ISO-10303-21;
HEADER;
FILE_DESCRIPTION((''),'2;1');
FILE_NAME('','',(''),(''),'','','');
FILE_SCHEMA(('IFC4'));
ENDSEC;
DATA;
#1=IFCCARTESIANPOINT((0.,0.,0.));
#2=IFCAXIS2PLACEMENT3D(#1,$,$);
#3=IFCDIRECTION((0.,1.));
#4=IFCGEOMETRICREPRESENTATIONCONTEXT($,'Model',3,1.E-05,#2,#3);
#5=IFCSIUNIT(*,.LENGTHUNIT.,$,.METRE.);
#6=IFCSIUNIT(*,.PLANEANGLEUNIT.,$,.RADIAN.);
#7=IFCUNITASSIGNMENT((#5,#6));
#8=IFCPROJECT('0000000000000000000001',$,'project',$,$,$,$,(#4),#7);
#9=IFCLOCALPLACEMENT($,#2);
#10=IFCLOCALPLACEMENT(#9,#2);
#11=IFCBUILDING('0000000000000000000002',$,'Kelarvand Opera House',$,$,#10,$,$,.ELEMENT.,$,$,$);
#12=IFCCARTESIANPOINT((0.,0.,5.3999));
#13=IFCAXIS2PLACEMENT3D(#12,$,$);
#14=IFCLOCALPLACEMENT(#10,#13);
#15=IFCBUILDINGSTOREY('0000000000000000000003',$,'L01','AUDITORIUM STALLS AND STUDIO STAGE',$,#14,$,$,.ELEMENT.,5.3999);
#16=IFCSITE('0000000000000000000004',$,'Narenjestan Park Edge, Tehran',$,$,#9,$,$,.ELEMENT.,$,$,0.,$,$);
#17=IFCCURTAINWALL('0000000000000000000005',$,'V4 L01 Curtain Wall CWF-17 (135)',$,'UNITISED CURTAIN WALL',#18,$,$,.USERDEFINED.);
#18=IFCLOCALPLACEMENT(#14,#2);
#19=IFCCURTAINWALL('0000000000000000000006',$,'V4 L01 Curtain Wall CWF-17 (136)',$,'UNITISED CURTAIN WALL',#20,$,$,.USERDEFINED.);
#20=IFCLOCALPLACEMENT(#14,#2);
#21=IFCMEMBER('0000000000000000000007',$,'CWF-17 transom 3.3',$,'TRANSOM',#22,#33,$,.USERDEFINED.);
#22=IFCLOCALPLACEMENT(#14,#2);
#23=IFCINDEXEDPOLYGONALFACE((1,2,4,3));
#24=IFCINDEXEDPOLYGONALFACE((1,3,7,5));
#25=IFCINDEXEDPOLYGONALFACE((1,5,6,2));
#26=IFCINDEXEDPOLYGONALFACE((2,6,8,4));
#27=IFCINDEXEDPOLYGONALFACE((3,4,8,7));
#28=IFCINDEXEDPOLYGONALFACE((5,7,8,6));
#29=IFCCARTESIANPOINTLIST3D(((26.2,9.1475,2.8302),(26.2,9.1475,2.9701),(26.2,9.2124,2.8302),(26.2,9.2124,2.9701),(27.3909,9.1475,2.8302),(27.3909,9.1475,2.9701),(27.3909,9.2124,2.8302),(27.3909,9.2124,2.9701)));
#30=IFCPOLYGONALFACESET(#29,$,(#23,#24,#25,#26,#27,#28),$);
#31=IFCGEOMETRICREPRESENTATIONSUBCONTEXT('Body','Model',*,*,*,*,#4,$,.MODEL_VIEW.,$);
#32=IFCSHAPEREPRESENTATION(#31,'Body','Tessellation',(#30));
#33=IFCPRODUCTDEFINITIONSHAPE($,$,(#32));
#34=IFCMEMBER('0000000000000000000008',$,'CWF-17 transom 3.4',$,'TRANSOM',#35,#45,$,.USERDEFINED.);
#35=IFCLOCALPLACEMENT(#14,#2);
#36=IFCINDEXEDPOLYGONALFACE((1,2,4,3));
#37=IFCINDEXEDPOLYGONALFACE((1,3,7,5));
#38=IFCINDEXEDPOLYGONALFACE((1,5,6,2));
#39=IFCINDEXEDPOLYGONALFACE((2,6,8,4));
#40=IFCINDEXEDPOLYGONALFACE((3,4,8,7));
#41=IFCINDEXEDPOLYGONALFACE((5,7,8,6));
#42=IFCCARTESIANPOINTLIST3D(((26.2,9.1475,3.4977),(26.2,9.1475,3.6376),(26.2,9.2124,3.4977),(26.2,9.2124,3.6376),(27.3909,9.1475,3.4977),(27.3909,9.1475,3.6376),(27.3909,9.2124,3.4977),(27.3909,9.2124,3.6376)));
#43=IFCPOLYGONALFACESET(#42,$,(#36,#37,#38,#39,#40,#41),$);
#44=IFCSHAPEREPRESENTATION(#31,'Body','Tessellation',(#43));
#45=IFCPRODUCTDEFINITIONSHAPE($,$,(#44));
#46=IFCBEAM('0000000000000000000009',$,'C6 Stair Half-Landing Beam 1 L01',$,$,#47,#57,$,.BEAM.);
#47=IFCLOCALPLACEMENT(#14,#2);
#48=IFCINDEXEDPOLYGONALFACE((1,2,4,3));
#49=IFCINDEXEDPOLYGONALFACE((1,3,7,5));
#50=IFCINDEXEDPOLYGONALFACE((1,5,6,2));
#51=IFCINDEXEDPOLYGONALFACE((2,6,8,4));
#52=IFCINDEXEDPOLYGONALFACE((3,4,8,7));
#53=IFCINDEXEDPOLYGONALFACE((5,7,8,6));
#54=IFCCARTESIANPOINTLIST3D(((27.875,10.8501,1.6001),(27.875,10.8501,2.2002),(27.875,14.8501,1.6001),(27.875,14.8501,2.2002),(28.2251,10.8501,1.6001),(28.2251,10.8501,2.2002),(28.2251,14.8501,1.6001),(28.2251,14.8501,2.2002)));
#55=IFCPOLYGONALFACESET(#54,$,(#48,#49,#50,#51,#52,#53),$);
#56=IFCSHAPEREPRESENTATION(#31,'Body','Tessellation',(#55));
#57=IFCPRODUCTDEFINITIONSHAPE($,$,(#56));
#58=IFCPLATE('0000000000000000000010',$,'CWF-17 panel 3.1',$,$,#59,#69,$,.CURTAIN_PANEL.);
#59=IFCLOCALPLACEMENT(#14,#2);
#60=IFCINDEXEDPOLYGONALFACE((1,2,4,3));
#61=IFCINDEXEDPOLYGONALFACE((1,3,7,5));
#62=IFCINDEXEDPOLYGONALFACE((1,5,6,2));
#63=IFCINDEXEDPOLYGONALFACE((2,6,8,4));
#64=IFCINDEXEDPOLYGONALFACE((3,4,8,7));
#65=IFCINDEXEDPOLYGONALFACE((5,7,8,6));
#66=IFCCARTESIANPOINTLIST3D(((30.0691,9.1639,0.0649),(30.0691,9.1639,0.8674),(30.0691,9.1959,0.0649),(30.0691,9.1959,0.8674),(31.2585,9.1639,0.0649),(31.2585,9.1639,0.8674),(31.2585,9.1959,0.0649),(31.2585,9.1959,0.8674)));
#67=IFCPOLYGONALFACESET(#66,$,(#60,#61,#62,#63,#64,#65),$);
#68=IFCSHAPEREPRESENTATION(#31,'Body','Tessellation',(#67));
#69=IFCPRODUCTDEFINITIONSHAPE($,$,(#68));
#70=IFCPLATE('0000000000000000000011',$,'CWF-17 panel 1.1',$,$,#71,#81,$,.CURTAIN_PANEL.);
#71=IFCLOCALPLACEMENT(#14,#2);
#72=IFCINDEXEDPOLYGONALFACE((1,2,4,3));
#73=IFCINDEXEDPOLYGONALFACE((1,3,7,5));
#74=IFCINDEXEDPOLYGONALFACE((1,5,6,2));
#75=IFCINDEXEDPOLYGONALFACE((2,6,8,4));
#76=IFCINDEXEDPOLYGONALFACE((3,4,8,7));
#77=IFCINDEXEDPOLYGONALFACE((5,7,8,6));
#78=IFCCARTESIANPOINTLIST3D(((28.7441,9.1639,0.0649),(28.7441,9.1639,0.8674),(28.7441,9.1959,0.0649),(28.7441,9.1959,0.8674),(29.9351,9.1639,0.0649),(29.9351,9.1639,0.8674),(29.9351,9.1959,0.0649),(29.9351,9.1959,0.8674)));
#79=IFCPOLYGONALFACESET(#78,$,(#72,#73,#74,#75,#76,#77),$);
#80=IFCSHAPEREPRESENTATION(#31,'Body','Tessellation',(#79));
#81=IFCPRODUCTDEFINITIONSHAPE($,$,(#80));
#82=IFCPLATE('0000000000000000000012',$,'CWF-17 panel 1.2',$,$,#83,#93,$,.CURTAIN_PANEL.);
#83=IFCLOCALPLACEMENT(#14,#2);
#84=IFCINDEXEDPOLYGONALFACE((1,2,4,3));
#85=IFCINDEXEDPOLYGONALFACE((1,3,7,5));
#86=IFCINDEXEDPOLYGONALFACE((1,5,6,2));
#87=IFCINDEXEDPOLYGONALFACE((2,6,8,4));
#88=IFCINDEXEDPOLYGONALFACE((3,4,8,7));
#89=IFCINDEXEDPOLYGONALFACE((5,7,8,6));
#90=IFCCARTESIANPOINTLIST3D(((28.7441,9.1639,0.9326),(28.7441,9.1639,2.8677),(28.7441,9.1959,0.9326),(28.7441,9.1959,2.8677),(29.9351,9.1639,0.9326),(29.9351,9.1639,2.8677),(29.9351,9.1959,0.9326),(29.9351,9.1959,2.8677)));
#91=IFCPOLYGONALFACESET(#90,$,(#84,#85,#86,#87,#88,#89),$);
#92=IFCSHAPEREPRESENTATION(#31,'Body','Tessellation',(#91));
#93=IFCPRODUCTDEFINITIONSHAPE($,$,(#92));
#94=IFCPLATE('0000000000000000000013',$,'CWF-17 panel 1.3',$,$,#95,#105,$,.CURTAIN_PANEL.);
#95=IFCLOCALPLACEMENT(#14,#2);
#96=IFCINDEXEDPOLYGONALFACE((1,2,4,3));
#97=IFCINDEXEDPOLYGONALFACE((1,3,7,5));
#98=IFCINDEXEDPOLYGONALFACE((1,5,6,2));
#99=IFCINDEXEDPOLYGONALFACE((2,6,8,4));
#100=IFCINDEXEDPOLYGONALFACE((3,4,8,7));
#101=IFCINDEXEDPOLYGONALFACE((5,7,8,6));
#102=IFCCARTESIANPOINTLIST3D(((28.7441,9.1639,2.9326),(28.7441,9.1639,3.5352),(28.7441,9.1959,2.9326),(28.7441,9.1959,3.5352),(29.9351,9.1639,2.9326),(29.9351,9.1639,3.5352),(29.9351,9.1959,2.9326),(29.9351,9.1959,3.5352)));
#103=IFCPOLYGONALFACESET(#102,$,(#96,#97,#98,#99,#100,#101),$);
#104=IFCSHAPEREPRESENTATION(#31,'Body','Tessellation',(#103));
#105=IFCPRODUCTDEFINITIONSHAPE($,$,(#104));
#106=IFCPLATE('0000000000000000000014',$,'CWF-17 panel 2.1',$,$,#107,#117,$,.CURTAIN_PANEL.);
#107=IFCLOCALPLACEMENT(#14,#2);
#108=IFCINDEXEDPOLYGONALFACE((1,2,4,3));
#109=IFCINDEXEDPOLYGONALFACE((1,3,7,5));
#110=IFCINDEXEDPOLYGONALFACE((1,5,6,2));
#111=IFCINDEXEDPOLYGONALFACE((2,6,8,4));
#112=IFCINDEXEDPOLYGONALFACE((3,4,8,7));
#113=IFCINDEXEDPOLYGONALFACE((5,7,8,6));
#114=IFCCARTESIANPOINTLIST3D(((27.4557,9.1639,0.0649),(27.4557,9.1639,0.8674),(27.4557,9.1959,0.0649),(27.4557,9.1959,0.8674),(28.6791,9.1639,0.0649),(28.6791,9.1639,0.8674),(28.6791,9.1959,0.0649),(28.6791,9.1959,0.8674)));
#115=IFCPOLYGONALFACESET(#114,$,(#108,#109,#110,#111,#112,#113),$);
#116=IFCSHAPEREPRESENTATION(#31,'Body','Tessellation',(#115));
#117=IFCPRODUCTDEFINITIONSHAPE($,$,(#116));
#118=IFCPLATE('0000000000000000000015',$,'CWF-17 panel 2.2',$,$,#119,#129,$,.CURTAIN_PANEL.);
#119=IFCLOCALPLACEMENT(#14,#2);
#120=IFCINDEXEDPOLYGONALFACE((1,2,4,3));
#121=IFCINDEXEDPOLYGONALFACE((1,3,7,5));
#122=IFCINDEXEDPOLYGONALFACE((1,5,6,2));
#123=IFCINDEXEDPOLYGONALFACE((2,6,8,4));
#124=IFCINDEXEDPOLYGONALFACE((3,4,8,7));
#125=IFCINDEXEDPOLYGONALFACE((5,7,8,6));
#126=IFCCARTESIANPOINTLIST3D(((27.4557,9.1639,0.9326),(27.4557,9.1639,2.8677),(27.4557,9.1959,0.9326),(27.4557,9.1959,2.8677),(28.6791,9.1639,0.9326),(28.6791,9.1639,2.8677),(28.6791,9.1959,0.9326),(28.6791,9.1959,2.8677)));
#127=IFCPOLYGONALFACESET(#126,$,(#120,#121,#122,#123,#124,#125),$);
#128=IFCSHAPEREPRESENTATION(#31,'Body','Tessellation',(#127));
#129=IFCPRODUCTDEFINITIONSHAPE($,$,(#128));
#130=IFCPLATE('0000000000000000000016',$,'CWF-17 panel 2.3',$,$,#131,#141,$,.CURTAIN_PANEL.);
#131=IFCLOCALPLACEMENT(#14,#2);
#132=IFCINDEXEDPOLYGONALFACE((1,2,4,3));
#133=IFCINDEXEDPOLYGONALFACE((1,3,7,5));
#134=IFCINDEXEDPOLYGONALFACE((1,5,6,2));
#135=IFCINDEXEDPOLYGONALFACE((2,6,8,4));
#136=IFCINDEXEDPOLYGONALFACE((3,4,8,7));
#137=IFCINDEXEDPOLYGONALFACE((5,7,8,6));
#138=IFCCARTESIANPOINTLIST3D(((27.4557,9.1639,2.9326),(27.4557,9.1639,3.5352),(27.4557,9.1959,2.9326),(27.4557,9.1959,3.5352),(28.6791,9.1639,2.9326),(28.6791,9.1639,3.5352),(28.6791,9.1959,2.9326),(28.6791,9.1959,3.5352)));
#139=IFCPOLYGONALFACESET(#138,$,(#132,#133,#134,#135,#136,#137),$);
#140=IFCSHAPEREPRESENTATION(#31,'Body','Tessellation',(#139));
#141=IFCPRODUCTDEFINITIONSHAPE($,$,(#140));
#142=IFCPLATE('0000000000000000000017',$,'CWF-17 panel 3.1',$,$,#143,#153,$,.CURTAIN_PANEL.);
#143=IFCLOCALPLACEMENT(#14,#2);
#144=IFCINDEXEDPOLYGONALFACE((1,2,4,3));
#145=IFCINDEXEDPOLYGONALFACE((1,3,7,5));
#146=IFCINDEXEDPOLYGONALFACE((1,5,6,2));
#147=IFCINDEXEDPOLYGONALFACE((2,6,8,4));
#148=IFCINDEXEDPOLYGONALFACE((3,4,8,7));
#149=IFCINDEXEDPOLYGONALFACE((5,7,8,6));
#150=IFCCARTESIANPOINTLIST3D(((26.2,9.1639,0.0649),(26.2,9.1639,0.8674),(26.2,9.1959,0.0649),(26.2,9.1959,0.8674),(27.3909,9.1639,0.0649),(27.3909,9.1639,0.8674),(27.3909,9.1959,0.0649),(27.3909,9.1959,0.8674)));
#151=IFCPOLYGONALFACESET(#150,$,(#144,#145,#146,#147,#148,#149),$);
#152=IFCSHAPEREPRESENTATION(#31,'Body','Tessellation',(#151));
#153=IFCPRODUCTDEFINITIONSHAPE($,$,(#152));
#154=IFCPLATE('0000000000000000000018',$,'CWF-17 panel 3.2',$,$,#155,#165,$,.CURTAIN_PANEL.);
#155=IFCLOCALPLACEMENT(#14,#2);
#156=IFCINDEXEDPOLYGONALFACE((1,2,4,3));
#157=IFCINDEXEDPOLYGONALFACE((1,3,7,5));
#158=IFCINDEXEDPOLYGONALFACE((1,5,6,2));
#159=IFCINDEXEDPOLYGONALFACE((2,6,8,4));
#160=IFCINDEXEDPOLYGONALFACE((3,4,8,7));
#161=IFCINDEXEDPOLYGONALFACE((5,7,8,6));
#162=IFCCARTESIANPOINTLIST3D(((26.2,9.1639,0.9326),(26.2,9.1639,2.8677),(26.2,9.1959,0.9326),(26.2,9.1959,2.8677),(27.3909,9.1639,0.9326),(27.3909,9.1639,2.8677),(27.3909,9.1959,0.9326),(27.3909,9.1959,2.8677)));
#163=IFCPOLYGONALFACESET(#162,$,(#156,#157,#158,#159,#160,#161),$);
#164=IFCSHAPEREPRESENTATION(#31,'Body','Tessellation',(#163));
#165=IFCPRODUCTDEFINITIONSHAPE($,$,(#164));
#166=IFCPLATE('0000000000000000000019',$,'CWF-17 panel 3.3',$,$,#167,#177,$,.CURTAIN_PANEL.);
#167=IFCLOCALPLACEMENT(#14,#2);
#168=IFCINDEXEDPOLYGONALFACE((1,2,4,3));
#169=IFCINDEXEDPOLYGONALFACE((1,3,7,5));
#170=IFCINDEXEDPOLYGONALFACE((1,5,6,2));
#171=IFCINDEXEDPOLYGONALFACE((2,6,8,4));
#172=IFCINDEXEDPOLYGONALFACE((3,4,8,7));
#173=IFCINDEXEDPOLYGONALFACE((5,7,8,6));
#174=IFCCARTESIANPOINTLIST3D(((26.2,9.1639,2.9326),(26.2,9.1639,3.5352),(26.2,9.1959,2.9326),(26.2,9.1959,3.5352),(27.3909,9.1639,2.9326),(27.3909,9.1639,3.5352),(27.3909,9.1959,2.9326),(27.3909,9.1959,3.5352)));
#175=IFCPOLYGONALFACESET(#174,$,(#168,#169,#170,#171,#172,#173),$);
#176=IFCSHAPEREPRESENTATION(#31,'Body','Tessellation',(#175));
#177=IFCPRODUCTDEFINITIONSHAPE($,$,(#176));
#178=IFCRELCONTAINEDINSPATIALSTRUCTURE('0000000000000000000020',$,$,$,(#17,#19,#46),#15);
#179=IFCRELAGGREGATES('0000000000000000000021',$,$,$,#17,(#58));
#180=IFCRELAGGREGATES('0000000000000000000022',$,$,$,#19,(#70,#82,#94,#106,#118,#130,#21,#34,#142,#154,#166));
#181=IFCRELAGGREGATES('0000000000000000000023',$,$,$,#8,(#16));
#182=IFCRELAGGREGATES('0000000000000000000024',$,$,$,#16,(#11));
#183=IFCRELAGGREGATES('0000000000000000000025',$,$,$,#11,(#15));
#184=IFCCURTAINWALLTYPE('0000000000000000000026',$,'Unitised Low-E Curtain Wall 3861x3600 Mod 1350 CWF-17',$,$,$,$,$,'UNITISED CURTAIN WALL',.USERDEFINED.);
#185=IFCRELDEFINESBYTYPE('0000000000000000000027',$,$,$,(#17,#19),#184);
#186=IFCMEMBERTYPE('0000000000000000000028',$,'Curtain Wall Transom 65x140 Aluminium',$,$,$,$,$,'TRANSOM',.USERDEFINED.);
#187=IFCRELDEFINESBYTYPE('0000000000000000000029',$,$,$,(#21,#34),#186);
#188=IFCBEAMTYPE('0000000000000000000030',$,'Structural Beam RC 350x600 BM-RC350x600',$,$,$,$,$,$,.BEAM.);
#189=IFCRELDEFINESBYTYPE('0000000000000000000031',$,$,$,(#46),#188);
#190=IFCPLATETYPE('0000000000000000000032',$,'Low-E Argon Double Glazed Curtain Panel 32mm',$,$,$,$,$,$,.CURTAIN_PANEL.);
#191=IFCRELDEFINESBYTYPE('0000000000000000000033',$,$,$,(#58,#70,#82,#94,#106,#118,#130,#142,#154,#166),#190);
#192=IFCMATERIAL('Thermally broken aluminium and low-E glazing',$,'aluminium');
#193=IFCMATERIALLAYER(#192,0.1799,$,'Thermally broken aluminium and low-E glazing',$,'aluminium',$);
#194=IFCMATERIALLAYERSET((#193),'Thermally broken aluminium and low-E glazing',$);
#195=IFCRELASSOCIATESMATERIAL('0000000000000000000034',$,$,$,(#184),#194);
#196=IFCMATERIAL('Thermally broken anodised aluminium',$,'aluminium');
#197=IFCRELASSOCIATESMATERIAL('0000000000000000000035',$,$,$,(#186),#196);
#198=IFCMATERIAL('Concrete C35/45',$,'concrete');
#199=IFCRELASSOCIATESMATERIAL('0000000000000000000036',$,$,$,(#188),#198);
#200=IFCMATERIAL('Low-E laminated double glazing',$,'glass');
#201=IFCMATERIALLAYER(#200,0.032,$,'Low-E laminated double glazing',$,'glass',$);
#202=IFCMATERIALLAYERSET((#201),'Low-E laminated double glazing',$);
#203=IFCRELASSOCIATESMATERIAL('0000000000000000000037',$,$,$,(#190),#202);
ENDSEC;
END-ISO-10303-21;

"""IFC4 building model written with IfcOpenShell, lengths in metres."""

from ifc_helpers import new_model, si_unit, direction, frame, origin, origin_2d, place, context, subcontext, project, spatial, rectangle, extrude, material, layer, layer_set, material_profile, profile_set, type_object, element, aggregate, save


model = new_model("IFC4")

# Units and contexts
model_context = context("Model", 3, precision=1e-05, world=origin(), true_north=direction((0.0, 1.0)))
body_context = subcontext(model_context, "Body", "Model", "MODEL_VIEW")
ifc_project = project(units=[si_unit("LENGTHUNIT", "METRE"), si_unit("PLANEANGLEUNIT", "RADIAN")], contexts=[model_context])

# Site, building, storey
site_placement = place(None, origin())
site = spatial("IfcSite", under=ifc_project, at=site_placement, Name="Narenjestan Park Edge, Tehran", CompositionType="ELEMENT", RefElevation=0.0)
building_placement = place(site_placement, origin())
building = spatial("IfcBuilding", under=site, at=building_placement, Name="Kelarvand Opera House", CompositionType="ELEMENT")
storey_placement = place(building_placement, frame((0.0, 0.0, 5.3999)))
storey = spatial("IfcBuildingStorey", under=building, at=storey_placement, Name="L01", Description="AUDITORIUM STALLS AND STUDIO STAGE", CompositionType="ELEMENT", Elevation=5.3999)

# Curtain wall
ifc_material_1 = material(Name="Thermally broken aluminium and low-E glazing", Category="aluminium")
ifc_layer_1 = layer(ifc_material_1, 0.1799, Name="Thermally broken aluminium and low-E glazing", Category="aluminium")
ifc_layer_set_1 = layer_set([ifc_layer_1], Name="Thermally broken aluminium and low-E glazing")
curtain_wall_type = type_object("IfcCurtainWallType", Name="Unitised Low-E Curtain Wall 3861x3600 Mod 1350 CWF-17", ElementType="UNITISED CURTAIN WALL", PredefinedType="USERDEFINED", material=ifc_layer_set_1)
curtain_wall_1_placement = place(storey_placement, origin())
curtain_wall_1 = element("IfcCurtainWall", 1, at=curtain_wall_1_placement, inside=storey, type_object=curtain_wall_type, Name="V4 L01 Curtain Wall CWF-17 (135)", ObjectType="UNITISED CURTAIN WALL", PredefinedType="USERDEFINED")
ifc_material_2 = material(Name="Thermally broken anodised aluminium", Category="aluminium")

# Curtain wall, members
curtain_wall_2_placement = place(storey_placement, origin())
curtain_wall_2 = element("IfcCurtainWall", 2, at=curtain_wall_2_placement, inside=storey, type_object=curtain_wall_type, Name="V4 L01 Curtain Wall CWF-17 (136)", ObjectType="UNITISED CURTAIN WALL", PredefinedType="USERDEFINED")
ifc_material_profile_1 = material_profile(ifc_material_2, rectangle(XDim=0.0649, YDim=0.1399, at=origin_2d()), Name="ALU TRANSOM 65x140", Category="aluminium")
ifc_profile_set_1 = profile_set([ifc_material_profile_1], Name="Thermally broken anodised aluminium")
member_type_1 = type_object("IfcMemberType", Name="Curtain Wall Transom 65x140 Aluminium", ElementType="TRANSOM", PredefinedType="USERDEFINED", material=ifc_profile_set_1)
member_1_placement = place(storey_placement, frame((27.3909, 9.1799, 2.9001), z_axis=(-1.0, 0.0, 0.0), x_axis=(0.0, -1.0, 0.0)))
member_1 = element("IfcMember", 3, at=member_1_placement, type_object=member_type_1, Name="CWF-17 transom 3.3", ObjectType="TRANSOM", PredefinedType="USERDEFINED", context=body_context, shape_type="SweptSolid", body=[
    extrude(rectangle(XDim=0.0649, YDim=0.1399, at=origin_2d()), origin(), (0.0, 0.0, 1.0), 1.1909),
])
member_2_placement = place(storey_placement, frame((27.3909, 9.1799, 3.5676), z_axis=(-1.0, 0.0, 0.0), x_axis=(0.0, -1.0, 0.0)))
member_2 = element("IfcMember", 4, at=member_2_placement, type_object=member_type_1, Name="CWF-17 transom 3.4", ObjectType="TRANSOM", PredefinedType="USERDEFINED", context=body_context, shape_type="SweptSolid", body=[
    extrude(rectangle(XDim=0.0649, YDim=0.1399, at=origin_2d()), origin(), (0.0, 0.0, 1.0), 1.1909),
])

# Beam
ifc_material_3 = material(Name="Concrete C35/45", Category="concrete")
ifc_material_profile_2 = material_profile(ifc_material_3, rectangle(XDim=0.3501, YDim=0.6001, at=origin_2d()), Name="RC 350x600", Category="concrete")
ifc_profile_set_2 = profile_set([ifc_material_profile_2], Name="Concrete C35/45")
beam_type = type_object("IfcBeamType", Name="Structural Beam RC 350x600 BM-RC350x600", PredefinedType="BEAM", material=ifc_profile_set_2)
beam_placement = place(storey_placement, frame((28.05, 10.8501, 1.9001), z_axis=(0.0, 1.0, 0.0), x_axis=(-1.0, 0.0, 0.0)))
element("IfcBeam", 5, at=beam_placement, inside=storey, type_object=beam_type, Name="C6 Stair Half-Landing Beam 1 L01", PredefinedType="BEAM", context=body_context, shape_type="SweptSolid", body=[
    extrude(rectangle(XDim=0.3501, YDim=0.6001, at=origin_2d()), origin(), (0.0, 0.0, 1.0), 4.0),
])

# Plates
ifc_material_4 = material(Name="Low-E laminated double glazing", Category="glass")
ifc_layer_2 = layer(ifc_material_4, 0.032, Name="Low-E laminated double glazing", Category="glass")
ifc_layer_set_2 = layer_set([ifc_layer_2], Name="Low-E laminated double glazing")
plate_type = type_object("IfcPlateType", Name="Low-E Argon Double Glazed Curtain Panel 32mm", PredefinedType="CURTAIN_PANEL", material=ifc_layer_set_2)
plate_1_placement = place(storey_placement, frame((30.6638, 9.1799, 0.0649), z_axis=(0.0, 0.0, 1.0), x_axis=(-1.0, 0.0, 0.0)))
plate_1 = element("IfcPlate", 6, at=plate_1_placement, type_object=plate_type, Name="CWF-17 panel 3.1", PredefinedType="CURTAIN_PANEL", context=body_context, shape_type="SweptSolid", body=[
    extrude(rectangle(XDim=1.1895, YDim=0.032, at=origin_2d()), origin(), (0.0, 0.0, 1.0), 0.8025),
])
aggregate(curtain_wall_1, [plate_1])
plate_2_placement = place(storey_placement, frame((29.3396, 9.1799, 0.0649), z_axis=(0.0, 0.0, 1.0), x_axis=(-1.0, 0.0, 0.0)))
plate_2 = element("IfcPlate", 7, at=plate_2_placement, type_object=plate_type, Name="CWF-17 panel 1.1", PredefinedType="CURTAIN_PANEL", context=body_context, shape_type="SweptSolid", body=[
    extrude(rectangle(XDim=1.1909, YDim=0.032, at=origin_2d()), origin(), (0.0, 0.0, 1.0), 0.8025),
])
plate_3_placement = place(storey_placement, frame((29.3396, 9.1799, 0.9326), z_axis=(0.0, 0.0, 1.0), x_axis=(-1.0, 0.0, 0.0)))
plate_3 = element("IfcPlate", 8, at=plate_3_placement, type_object=plate_type, Name="CWF-17 panel 1.2", PredefinedType="CURTAIN_PANEL", context=body_context, shape_type="SweptSolid", body=[
    extrude(rectangle(XDim=1.1909, YDim=0.032, at=origin_2d()), origin(), (0.0, 0.0, 1.0), 1.9351),
])
plate_4_placement = place(storey_placement, frame((29.3396, 9.1799, 2.9326), z_axis=(0.0, 0.0, 1.0), x_axis=(-1.0, 0.0, 0.0)))
plate_4 = element("IfcPlate", 9, at=plate_4_placement, type_object=plate_type, Name="CWF-17 panel 1.3", PredefinedType="CURTAIN_PANEL", context=body_context, shape_type="SweptSolid", body=[
    extrude(rectangle(XDim=1.1909, YDim=0.032, at=origin_2d()), origin(), (0.0, 0.0, 1.0), 0.6025),
])
plate_5_placement = place(storey_placement, frame((28.0674, 9.1799, 0.0649), z_axis=(0.0, 0.0, 1.0), x_axis=(-1.0, 0.0, 0.0)))
plate_5 = element("IfcPlate", 10, at=plate_5_placement, type_object=plate_type, Name="CWF-17 panel 2.1", PredefinedType="CURTAIN_PANEL", context=body_context, shape_type="SweptSolid", body=[
    extrude(rectangle(XDim=1.2234, YDim=0.032, at=origin_2d()), origin(), (0.0, 0.0, 1.0), 0.8025),
])
plate_6_placement = place(storey_placement, frame((28.0674, 9.1799, 0.9326), z_axis=(0.0, 0.0, 1.0), x_axis=(-1.0, 0.0, 0.0)))
plate_6 = element("IfcPlate", 11, at=plate_6_placement, type_object=plate_type, Name="CWF-17 panel 2.2", PredefinedType="CURTAIN_PANEL", context=body_context, shape_type="SweptSolid", body=[
    extrude(rectangle(XDim=1.2234, YDim=0.032, at=origin_2d()), origin(), (0.0, 0.0, 1.0), 1.9351),
])
plate_7_placement = place(storey_placement, frame((28.0674, 9.1799, 2.9326), z_axis=(0.0, 0.0, 1.0), x_axis=(-1.0, 0.0, 0.0)))
plate_7 = element("IfcPlate", 12, at=plate_7_placement, type_object=plate_type, Name="CWF-17 panel 2.3", PredefinedType="CURTAIN_PANEL", context=body_context, shape_type="SweptSolid", body=[
    extrude(rectangle(XDim=1.2234, YDim=0.032, at=origin_2d()), origin(), (0.0, 0.0, 1.0), 0.6025),
])
plate_8_placement = place(storey_placement, frame((26.7954, 9.1799, 0.0649), z_axis=(0.0, 0.0, 1.0), x_axis=(-1.0, 0.0, 0.0)))
plate_8 = element("IfcPlate", 13, at=plate_8_placement, type_object=plate_type, Name="CWF-17 panel 3.1", PredefinedType="CURTAIN_PANEL", context=body_context, shape_type="SweptSolid", body=[
    extrude(rectangle(XDim=1.1909, YDim=0.032, at=origin_2d()), origin(), (0.0, 0.0, 1.0), 0.8025),
])
plate_9_placement = place(storey_placement, frame((26.7954, 9.1799, 0.9326), z_axis=(0.0, 0.0, 1.0), x_axis=(-1.0, 0.0, 0.0)))
plate_9 = element("IfcPlate", 14, at=plate_9_placement, type_object=plate_type, Name="CWF-17 panel 3.2", PredefinedType="CURTAIN_PANEL", context=body_context, shape_type="SweptSolid", body=[
    extrude(rectangle(XDim=1.1909, YDim=0.032, at=origin_2d()), origin(), (0.0, 0.0, 1.0), 1.9351),
])
plate_10_placement = place(storey_placement, frame((26.7954, 9.1799, 2.9326), z_axis=(0.0, 0.0, 1.0), x_axis=(-1.0, 0.0, 0.0)))
plate_10 = element("IfcPlate", 15, at=plate_10_placement, type_object=plate_type, Name="CWF-17 panel 3.3", PredefinedType="CURTAIN_PANEL", context=body_context, shape_type="SweptSolid", body=[
    extrude(rectangle(XDim=1.1909, YDim=0.032, at=origin_2d()), origin(), (0.0, 0.0, 1.0), 0.6025),
])
aggregate(curtain_wall_2, [plate_2, plate_3, plate_4, plate_5, plate_6, plate_7, member_1, member_2, plate_8, plate_9, plate_10])

save(model, "model.ifc")
